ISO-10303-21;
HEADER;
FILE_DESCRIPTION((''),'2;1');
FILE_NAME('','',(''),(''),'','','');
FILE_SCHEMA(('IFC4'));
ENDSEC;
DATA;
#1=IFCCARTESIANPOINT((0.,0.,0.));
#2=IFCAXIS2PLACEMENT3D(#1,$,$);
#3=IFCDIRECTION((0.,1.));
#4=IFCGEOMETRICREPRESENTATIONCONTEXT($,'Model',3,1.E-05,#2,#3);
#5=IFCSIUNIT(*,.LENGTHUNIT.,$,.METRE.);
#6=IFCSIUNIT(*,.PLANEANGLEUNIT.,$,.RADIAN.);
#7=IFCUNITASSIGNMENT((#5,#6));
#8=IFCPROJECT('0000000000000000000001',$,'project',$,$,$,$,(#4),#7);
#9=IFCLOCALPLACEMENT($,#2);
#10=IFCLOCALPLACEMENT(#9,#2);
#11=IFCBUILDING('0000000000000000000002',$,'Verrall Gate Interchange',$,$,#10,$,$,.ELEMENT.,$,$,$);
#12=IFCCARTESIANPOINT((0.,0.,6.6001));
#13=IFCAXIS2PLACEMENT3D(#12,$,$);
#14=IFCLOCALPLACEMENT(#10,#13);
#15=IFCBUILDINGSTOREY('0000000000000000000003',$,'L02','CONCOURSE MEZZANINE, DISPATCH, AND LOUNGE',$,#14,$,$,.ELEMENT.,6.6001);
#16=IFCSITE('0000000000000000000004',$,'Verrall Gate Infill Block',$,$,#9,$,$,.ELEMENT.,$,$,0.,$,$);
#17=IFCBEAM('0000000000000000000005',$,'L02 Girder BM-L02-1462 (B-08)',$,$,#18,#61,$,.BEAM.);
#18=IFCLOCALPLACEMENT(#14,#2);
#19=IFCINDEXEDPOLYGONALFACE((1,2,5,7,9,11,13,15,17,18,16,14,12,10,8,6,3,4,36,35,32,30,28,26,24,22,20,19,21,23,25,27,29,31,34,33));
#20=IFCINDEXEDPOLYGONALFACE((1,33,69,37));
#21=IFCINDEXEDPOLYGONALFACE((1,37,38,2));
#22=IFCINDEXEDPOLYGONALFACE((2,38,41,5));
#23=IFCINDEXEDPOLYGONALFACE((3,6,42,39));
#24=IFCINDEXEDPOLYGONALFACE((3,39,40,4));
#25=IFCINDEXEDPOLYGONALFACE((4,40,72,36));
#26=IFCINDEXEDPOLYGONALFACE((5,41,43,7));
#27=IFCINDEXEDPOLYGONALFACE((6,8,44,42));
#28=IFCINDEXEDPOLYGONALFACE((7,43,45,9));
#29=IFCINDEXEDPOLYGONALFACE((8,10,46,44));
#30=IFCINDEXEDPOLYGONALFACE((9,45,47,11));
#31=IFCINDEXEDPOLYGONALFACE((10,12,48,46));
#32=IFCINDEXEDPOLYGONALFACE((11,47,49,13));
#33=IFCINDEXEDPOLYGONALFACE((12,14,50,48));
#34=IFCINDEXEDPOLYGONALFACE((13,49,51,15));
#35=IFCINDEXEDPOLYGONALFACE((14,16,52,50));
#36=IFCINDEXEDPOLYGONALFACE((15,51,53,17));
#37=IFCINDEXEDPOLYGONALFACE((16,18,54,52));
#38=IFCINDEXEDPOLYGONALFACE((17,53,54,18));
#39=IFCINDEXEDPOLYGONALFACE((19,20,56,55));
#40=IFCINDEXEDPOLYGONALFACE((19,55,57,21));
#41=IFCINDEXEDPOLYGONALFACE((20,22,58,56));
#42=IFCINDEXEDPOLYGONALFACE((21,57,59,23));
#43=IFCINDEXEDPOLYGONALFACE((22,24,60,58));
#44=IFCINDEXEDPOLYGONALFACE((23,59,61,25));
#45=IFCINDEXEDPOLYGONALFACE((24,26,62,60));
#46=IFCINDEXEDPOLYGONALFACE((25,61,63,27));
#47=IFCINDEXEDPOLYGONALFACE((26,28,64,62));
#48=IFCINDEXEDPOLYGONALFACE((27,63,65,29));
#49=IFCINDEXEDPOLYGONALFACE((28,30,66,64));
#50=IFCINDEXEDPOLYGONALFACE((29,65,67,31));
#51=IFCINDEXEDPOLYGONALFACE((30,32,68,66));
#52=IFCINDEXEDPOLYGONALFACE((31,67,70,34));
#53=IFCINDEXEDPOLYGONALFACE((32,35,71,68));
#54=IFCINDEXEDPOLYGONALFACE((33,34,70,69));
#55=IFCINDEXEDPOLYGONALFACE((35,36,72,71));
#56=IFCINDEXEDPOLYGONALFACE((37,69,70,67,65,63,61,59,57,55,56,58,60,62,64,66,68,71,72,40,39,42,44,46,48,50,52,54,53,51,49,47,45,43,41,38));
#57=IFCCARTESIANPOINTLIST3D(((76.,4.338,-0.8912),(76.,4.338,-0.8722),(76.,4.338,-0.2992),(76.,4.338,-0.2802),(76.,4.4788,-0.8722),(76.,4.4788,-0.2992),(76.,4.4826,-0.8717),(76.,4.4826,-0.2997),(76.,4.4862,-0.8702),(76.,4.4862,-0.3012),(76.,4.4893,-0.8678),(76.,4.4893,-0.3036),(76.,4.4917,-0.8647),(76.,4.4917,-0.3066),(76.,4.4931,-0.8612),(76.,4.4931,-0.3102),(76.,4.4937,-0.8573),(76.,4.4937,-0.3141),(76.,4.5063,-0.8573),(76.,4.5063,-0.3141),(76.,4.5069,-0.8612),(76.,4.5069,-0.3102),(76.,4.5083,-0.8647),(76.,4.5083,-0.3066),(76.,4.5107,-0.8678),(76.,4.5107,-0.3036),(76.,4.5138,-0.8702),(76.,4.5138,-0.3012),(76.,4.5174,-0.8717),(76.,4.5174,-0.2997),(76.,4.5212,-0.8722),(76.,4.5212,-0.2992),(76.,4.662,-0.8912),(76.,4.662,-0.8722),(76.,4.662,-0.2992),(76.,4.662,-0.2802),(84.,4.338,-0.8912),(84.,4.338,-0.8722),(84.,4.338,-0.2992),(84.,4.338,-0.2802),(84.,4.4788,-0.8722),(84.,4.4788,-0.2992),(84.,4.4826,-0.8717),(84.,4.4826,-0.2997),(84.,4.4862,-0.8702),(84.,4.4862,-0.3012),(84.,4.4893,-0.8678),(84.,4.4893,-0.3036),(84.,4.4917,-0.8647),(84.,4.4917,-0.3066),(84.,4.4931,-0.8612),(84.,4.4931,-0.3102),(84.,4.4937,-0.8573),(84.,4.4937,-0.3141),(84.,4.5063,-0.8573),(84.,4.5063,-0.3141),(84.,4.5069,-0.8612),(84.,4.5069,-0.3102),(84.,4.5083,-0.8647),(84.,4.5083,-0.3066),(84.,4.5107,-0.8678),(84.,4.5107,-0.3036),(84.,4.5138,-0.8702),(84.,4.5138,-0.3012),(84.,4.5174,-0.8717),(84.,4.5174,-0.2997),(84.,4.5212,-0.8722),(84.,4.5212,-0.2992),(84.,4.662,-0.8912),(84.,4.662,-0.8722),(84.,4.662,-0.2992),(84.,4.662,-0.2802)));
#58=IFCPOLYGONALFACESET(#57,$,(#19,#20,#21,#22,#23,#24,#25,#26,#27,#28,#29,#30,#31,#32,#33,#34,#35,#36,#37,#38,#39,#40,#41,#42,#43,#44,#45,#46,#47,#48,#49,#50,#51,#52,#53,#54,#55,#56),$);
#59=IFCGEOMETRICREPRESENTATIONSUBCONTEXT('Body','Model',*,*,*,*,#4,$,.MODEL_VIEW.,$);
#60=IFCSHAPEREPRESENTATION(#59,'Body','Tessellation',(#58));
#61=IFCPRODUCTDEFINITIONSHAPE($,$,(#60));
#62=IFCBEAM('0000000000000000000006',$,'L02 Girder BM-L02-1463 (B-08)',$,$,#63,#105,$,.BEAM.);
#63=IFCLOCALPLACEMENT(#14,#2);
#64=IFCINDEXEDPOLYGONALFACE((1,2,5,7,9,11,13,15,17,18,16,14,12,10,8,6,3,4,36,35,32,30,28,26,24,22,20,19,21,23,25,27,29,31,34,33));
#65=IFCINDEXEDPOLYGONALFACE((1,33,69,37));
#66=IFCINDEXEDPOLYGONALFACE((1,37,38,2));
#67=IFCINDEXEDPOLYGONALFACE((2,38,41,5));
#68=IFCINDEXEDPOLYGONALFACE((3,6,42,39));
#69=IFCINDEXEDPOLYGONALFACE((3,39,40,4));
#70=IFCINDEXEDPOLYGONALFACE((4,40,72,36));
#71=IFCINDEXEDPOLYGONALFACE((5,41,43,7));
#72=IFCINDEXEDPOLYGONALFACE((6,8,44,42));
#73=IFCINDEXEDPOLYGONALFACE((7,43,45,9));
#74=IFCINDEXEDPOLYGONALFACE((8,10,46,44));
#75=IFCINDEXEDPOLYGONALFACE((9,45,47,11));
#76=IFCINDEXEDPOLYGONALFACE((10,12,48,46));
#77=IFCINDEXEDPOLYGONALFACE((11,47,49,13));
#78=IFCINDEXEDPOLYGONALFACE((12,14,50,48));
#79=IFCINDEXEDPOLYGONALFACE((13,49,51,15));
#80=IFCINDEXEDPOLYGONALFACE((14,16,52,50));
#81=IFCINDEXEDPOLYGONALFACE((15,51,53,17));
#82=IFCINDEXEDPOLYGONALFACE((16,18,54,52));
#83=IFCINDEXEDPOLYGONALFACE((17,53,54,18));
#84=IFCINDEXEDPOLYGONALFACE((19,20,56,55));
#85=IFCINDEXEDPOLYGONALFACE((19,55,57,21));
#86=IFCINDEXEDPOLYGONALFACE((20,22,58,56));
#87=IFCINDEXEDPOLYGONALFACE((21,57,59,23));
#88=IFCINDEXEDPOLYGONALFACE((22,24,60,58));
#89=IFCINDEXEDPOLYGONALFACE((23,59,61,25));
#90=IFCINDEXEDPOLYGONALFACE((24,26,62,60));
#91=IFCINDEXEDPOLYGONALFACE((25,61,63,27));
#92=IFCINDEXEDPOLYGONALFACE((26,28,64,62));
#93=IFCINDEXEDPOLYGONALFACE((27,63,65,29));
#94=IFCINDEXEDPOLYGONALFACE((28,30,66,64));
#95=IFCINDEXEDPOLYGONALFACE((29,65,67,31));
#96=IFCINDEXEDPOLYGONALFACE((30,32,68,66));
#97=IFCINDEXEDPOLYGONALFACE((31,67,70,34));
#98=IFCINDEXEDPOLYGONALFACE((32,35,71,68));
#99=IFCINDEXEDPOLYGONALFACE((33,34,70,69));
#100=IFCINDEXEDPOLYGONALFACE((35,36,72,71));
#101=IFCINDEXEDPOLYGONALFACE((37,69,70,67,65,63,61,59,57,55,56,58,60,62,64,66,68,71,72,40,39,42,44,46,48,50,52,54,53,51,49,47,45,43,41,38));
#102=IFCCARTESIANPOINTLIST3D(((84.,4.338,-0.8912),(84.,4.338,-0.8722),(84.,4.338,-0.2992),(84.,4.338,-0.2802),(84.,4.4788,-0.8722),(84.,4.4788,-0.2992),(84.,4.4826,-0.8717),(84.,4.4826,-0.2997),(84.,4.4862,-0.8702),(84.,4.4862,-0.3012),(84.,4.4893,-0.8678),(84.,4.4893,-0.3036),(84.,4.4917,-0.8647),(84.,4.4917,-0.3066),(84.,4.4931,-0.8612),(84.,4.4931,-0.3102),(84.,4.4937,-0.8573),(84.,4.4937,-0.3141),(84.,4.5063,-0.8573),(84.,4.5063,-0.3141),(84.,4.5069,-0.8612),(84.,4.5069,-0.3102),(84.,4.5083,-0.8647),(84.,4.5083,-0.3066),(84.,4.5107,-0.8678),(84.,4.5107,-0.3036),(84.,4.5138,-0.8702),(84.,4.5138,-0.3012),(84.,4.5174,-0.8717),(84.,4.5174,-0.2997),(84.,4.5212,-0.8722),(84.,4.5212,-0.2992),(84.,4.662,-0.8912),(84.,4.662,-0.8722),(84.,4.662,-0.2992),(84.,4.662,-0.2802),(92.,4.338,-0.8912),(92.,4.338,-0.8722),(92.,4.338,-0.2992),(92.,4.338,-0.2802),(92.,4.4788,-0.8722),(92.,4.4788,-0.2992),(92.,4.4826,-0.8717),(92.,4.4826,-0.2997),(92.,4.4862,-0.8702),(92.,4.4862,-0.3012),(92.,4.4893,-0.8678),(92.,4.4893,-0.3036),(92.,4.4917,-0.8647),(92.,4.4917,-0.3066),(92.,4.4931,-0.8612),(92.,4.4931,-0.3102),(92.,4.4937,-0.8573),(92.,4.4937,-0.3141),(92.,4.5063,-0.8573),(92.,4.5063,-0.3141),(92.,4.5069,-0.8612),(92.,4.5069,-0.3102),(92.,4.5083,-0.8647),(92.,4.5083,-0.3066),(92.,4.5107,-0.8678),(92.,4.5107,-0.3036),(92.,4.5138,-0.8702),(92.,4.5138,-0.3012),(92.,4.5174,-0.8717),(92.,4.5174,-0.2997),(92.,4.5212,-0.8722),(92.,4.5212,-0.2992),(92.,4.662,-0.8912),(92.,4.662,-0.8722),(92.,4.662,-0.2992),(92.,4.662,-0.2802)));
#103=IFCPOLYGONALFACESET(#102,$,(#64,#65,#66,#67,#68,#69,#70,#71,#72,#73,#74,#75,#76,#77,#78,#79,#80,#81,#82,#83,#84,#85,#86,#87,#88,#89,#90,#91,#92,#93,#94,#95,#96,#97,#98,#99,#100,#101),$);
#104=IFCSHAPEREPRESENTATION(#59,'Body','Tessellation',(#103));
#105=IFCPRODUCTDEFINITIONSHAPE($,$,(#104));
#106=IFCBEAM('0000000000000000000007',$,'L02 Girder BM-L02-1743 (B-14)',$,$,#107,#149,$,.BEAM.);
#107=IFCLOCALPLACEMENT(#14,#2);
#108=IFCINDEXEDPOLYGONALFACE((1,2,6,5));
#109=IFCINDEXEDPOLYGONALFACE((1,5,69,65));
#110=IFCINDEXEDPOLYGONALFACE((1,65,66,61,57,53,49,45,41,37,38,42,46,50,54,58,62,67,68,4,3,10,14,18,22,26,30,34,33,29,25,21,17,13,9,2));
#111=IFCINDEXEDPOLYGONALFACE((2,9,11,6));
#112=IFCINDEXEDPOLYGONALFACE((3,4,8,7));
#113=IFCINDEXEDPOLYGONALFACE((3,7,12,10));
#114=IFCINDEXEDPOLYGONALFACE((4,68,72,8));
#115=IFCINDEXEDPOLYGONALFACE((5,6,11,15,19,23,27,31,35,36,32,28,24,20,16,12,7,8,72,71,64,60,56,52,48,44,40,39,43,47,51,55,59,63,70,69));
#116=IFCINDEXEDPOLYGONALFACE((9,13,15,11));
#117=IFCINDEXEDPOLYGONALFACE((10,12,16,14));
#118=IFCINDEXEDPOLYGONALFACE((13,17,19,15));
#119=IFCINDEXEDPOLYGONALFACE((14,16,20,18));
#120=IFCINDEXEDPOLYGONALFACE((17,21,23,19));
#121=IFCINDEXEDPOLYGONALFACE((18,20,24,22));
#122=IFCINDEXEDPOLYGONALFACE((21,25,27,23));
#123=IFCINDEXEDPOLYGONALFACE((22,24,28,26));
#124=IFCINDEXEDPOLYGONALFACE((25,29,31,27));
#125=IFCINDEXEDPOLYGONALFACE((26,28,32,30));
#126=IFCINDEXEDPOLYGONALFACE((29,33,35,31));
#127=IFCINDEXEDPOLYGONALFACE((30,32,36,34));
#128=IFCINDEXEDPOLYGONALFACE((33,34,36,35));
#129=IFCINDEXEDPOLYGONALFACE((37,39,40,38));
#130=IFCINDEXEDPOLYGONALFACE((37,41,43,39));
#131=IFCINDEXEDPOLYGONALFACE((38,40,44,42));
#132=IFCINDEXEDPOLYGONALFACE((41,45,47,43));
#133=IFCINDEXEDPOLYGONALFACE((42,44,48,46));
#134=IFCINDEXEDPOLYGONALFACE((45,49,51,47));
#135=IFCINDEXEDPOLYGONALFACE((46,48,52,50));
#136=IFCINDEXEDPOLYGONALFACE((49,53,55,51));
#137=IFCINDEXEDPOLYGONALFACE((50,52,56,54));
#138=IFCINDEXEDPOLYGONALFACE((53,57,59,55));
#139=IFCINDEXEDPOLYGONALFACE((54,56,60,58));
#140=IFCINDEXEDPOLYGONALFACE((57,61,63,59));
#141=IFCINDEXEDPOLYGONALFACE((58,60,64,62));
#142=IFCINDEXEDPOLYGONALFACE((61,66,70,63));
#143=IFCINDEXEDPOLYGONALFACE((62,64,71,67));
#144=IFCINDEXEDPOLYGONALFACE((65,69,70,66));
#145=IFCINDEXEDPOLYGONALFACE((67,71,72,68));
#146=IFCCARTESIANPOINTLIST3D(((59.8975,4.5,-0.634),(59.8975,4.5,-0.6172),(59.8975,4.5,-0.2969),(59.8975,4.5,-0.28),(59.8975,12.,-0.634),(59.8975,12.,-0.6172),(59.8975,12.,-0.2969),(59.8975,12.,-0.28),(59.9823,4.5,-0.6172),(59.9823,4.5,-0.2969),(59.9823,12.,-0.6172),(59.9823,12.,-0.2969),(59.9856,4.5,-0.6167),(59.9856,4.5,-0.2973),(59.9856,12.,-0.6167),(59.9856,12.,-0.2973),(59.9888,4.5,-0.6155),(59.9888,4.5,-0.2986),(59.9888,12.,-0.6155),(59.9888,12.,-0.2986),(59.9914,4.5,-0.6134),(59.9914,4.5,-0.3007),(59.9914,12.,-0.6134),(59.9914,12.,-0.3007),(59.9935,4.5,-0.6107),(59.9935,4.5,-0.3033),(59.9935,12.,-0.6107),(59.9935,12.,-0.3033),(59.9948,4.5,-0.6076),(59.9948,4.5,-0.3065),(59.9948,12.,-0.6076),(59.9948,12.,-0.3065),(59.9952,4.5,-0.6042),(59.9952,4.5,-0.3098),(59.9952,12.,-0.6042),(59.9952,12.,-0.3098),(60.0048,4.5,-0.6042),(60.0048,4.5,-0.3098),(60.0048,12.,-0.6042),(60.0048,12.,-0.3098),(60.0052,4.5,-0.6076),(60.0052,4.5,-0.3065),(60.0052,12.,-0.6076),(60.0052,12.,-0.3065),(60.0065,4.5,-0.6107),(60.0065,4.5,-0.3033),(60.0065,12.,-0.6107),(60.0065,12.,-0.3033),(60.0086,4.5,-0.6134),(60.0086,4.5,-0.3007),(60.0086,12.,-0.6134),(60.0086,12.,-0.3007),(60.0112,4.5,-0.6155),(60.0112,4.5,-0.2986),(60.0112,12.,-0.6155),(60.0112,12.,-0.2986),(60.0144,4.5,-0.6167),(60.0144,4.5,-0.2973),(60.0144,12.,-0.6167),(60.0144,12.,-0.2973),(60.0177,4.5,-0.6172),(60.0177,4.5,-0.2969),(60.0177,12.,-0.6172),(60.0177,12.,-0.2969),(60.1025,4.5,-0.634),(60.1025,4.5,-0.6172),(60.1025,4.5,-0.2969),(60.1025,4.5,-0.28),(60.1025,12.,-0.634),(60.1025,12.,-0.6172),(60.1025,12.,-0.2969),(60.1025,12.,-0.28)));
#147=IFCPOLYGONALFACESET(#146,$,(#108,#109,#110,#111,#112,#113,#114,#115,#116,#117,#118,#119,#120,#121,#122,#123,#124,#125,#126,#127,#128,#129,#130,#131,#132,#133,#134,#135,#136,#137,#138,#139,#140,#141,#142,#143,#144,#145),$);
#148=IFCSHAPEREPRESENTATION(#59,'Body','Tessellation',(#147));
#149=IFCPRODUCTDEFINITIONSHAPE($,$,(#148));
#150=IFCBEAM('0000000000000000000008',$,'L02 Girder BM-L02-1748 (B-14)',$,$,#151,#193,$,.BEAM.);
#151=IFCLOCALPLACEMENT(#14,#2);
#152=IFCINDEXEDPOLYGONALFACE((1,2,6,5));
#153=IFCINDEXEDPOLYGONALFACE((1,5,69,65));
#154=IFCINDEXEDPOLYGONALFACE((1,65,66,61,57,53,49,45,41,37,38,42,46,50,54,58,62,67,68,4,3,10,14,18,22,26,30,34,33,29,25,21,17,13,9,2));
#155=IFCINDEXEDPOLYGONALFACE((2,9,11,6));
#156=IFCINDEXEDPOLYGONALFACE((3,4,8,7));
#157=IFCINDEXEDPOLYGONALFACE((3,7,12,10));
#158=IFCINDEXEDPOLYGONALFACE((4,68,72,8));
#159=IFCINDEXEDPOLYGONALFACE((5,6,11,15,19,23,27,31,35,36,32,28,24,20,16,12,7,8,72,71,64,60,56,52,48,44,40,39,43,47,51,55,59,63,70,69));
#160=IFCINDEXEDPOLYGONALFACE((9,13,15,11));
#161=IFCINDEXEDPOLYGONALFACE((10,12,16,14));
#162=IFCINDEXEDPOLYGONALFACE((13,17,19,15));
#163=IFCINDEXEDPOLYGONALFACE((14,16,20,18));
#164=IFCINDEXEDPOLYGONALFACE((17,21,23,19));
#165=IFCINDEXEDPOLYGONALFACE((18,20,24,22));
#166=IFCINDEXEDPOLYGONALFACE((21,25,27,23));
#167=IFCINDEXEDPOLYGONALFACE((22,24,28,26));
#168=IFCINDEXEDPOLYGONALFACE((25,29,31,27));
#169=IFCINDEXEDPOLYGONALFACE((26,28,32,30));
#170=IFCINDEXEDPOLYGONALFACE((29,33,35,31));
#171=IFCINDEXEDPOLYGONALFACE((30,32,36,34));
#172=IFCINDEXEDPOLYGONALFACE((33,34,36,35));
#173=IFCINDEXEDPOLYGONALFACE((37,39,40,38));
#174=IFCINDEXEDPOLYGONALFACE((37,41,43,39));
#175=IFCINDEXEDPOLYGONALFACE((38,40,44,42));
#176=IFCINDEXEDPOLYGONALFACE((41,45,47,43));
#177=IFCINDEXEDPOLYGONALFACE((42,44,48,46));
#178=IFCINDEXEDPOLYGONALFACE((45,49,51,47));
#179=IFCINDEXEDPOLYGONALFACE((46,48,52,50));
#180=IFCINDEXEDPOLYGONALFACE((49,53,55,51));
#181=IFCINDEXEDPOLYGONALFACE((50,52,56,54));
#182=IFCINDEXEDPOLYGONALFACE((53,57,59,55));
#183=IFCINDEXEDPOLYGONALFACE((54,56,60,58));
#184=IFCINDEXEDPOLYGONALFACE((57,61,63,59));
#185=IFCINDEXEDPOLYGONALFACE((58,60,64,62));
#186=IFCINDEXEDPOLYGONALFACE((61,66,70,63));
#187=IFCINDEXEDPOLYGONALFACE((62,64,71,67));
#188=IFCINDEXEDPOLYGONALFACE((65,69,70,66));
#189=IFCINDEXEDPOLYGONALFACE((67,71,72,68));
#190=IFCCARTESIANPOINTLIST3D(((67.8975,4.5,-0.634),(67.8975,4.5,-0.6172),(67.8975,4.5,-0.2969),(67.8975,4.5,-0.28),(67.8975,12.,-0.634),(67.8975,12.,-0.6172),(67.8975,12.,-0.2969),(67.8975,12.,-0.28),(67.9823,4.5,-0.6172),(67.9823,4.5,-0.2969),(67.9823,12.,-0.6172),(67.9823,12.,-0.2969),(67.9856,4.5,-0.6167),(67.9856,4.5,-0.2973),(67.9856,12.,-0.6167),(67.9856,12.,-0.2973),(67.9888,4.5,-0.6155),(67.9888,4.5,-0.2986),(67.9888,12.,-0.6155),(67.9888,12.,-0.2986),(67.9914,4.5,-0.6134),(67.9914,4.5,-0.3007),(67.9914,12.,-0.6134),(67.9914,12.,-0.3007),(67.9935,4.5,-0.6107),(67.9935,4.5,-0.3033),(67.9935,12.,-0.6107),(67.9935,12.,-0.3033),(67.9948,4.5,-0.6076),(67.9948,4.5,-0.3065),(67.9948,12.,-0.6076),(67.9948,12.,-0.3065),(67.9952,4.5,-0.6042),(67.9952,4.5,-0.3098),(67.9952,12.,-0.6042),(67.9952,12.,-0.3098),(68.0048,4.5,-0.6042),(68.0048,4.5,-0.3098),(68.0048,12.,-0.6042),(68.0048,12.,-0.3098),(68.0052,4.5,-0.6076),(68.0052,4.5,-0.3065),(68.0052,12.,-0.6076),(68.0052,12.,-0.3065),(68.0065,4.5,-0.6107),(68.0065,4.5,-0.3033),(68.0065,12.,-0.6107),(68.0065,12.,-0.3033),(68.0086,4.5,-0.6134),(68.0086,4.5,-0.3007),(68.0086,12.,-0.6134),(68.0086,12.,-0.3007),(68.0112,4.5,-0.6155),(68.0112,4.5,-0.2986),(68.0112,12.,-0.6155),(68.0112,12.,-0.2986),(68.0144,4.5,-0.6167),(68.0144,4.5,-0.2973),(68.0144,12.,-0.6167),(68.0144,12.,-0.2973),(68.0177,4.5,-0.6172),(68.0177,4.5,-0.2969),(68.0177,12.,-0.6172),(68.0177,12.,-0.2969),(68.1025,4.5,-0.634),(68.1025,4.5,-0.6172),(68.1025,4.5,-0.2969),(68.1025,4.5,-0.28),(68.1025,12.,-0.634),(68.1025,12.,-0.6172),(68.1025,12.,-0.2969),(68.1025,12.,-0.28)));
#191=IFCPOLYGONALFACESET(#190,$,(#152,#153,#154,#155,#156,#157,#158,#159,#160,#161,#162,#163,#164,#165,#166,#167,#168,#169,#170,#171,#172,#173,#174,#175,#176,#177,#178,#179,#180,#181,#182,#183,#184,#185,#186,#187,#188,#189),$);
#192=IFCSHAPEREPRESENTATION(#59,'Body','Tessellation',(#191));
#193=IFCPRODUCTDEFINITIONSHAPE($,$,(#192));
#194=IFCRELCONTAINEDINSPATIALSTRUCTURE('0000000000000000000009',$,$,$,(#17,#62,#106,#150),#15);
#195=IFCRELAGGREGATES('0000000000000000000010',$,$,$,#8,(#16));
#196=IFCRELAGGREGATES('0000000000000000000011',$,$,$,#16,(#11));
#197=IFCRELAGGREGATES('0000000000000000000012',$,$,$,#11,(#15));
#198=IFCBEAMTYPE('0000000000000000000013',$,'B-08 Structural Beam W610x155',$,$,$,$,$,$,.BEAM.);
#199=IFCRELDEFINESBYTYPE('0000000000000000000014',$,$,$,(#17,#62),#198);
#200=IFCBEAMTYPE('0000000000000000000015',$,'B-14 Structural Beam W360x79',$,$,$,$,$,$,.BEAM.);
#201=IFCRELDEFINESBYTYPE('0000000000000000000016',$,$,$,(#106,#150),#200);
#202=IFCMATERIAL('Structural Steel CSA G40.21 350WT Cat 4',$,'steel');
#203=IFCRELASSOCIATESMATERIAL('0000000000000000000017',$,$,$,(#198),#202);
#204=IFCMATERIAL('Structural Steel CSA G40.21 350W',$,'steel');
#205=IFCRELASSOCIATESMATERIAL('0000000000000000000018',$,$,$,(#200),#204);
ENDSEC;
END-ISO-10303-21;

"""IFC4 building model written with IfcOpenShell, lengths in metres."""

from ifc_helpers import new_model, si_unit, direction, frame, origin, origin_2d, place, context, subcontext, project, spatial, i_section, extrude, material, material_profile, profile_set, type_object, element, save


model = new_model("IFC4")

# Units and contexts
model_context = context("Model", 3, precision=1e-05, world=origin(), true_north=direction((0.0, 1.0)))
body_context = subcontext(model_context, "Body", "Model", "MODEL_VIEW")
ifc_project = project(units=[si_unit("LENGTHUNIT", "METRE"), si_unit("PLANEANGLEUNIT", "RADIAN")], contexts=[model_context])

# Site, building, storey
site_placement = place(None, origin())
site = spatial("IfcSite", under=ifc_project, at=site_placement, Name="Verrall Gate Infill Block", CompositionType="ELEMENT", RefElevation=0.0)
building_placement = place(site_placement, origin())
building = spatial("IfcBuilding", under=site, at=building_placement, Name="Verrall Gate Interchange", CompositionType="ELEMENT")
storey_placement = place(building_placement, frame((0.0, 0.0, 6.6001)))
storey = spatial("IfcBuildingStorey", under=building, at=storey_placement, Name="L02", Description="CONCOURSE MEZZANINE, DISPATCH, AND LOUNGE", CompositionType="ELEMENT", Elevation=6.6001)

# Beams
ifc_material_1 = material(Name="Structural Steel CSA G40.21 350WT Cat 4", Category="steel")
ifc_material_profile_1 = material_profile(ifc_material_1, i_section(OverallWidth=0.324, OverallDepth=0.6111, WebThickness=0.0127, FlangeThickness=0.019, FilletRadius=0.0149, at=origin_2d()), Name="W610x155")
ifc_profile_set_1 = profile_set([ifc_material_profile_1], Name="Structural Steel CSA G40.21 350WT Cat 4")
beam_type_1 = type_object("IfcBeamType", Name="B-08 Structural Beam W610x155", PredefinedType="BEAM", material=ifc_profile_set_1)
for number, where, z_axis, x_axis, name in (
    (1, (76.0, 4.5, -0.5857), (1.0, 0.0, 0.0), (0.0, 1.0, 0.0), "L02 Girder BM-L02-1462 (B-08)"),
    (2, (84.0, 4.5, -0.5857), (1.0, 0.0, 0.0), (0.0, 1.0, 0.0), "L02 Girder BM-L02-1463 (B-08)"),
):
    element("IfcBeam", number, at=place(storey_placement, frame(where, z_axis=z_axis, x_axis=x_axis)), inside=storey, type_object=beam_type_1, Name=name, PredefinedType="BEAM", context=body_context, shape_type="SweptSolid", body=[
        extrude(i_section(OverallWidth=0.324, OverallDepth=0.6111, WebThickness=0.0127, FlangeThickness=0.019, FilletRadius=0.0149, at=origin_2d()), origin(), (0.0, 0.0, 1.0), 8.0),
    ])
ifc_material_2 = material(Name="Structural Steel CSA G40.21 350W", Category="steel")
ifc_material_profile_2 = material_profile(ifc_material_2, i_section(OverallWidth=0.2051, OverallDepth=0.354, WebThickness=0.0095, FlangeThickness=0.0168, FilletRadius=0.0129, at=origin_2d()), Name="W360x79")
ifc_profile_set_2 = profile_set([ifc_material_profile_2], Name="Structural Steel CSA G40.21 350W")
beam_type_2 = type_object("IfcBeamType", Name="B-14 Structural Beam W360x79", PredefinedType="BEAM", material=ifc_profile_set_2)
for number, where, z_axis, x_axis, name in (
    (3, (60.0, 4.5, -0.457), (0.0, 1.0, 0.0), (-1.0, 0.0, 0.0), "L02 Girder BM-L02-1743 (B-14)"),
    (4, (68.0, 4.5, -0.457), (0.0, 1.0, 0.0), (-1.0, 0.0, 0.0), "L02 Girder BM-L02-1748 (B-14)"),
):
    element("IfcBeam", number, at=place(storey_placement, frame(where, z_axis=z_axis, x_axis=x_axis)), inside=storey, type_object=beam_type_2, Name=name, PredefinedType="BEAM", context=body_context, shape_type="SweptSolid", body=[
        extrude(i_section(OverallWidth=0.2051, OverallDepth=0.354, WebThickness=0.0095, FlangeThickness=0.0168, FilletRadius=0.0129, at=origin_2d()), origin(), (0.0, 0.0, 1.0), 7.5),
    ])

save(model, "model.ifc")
